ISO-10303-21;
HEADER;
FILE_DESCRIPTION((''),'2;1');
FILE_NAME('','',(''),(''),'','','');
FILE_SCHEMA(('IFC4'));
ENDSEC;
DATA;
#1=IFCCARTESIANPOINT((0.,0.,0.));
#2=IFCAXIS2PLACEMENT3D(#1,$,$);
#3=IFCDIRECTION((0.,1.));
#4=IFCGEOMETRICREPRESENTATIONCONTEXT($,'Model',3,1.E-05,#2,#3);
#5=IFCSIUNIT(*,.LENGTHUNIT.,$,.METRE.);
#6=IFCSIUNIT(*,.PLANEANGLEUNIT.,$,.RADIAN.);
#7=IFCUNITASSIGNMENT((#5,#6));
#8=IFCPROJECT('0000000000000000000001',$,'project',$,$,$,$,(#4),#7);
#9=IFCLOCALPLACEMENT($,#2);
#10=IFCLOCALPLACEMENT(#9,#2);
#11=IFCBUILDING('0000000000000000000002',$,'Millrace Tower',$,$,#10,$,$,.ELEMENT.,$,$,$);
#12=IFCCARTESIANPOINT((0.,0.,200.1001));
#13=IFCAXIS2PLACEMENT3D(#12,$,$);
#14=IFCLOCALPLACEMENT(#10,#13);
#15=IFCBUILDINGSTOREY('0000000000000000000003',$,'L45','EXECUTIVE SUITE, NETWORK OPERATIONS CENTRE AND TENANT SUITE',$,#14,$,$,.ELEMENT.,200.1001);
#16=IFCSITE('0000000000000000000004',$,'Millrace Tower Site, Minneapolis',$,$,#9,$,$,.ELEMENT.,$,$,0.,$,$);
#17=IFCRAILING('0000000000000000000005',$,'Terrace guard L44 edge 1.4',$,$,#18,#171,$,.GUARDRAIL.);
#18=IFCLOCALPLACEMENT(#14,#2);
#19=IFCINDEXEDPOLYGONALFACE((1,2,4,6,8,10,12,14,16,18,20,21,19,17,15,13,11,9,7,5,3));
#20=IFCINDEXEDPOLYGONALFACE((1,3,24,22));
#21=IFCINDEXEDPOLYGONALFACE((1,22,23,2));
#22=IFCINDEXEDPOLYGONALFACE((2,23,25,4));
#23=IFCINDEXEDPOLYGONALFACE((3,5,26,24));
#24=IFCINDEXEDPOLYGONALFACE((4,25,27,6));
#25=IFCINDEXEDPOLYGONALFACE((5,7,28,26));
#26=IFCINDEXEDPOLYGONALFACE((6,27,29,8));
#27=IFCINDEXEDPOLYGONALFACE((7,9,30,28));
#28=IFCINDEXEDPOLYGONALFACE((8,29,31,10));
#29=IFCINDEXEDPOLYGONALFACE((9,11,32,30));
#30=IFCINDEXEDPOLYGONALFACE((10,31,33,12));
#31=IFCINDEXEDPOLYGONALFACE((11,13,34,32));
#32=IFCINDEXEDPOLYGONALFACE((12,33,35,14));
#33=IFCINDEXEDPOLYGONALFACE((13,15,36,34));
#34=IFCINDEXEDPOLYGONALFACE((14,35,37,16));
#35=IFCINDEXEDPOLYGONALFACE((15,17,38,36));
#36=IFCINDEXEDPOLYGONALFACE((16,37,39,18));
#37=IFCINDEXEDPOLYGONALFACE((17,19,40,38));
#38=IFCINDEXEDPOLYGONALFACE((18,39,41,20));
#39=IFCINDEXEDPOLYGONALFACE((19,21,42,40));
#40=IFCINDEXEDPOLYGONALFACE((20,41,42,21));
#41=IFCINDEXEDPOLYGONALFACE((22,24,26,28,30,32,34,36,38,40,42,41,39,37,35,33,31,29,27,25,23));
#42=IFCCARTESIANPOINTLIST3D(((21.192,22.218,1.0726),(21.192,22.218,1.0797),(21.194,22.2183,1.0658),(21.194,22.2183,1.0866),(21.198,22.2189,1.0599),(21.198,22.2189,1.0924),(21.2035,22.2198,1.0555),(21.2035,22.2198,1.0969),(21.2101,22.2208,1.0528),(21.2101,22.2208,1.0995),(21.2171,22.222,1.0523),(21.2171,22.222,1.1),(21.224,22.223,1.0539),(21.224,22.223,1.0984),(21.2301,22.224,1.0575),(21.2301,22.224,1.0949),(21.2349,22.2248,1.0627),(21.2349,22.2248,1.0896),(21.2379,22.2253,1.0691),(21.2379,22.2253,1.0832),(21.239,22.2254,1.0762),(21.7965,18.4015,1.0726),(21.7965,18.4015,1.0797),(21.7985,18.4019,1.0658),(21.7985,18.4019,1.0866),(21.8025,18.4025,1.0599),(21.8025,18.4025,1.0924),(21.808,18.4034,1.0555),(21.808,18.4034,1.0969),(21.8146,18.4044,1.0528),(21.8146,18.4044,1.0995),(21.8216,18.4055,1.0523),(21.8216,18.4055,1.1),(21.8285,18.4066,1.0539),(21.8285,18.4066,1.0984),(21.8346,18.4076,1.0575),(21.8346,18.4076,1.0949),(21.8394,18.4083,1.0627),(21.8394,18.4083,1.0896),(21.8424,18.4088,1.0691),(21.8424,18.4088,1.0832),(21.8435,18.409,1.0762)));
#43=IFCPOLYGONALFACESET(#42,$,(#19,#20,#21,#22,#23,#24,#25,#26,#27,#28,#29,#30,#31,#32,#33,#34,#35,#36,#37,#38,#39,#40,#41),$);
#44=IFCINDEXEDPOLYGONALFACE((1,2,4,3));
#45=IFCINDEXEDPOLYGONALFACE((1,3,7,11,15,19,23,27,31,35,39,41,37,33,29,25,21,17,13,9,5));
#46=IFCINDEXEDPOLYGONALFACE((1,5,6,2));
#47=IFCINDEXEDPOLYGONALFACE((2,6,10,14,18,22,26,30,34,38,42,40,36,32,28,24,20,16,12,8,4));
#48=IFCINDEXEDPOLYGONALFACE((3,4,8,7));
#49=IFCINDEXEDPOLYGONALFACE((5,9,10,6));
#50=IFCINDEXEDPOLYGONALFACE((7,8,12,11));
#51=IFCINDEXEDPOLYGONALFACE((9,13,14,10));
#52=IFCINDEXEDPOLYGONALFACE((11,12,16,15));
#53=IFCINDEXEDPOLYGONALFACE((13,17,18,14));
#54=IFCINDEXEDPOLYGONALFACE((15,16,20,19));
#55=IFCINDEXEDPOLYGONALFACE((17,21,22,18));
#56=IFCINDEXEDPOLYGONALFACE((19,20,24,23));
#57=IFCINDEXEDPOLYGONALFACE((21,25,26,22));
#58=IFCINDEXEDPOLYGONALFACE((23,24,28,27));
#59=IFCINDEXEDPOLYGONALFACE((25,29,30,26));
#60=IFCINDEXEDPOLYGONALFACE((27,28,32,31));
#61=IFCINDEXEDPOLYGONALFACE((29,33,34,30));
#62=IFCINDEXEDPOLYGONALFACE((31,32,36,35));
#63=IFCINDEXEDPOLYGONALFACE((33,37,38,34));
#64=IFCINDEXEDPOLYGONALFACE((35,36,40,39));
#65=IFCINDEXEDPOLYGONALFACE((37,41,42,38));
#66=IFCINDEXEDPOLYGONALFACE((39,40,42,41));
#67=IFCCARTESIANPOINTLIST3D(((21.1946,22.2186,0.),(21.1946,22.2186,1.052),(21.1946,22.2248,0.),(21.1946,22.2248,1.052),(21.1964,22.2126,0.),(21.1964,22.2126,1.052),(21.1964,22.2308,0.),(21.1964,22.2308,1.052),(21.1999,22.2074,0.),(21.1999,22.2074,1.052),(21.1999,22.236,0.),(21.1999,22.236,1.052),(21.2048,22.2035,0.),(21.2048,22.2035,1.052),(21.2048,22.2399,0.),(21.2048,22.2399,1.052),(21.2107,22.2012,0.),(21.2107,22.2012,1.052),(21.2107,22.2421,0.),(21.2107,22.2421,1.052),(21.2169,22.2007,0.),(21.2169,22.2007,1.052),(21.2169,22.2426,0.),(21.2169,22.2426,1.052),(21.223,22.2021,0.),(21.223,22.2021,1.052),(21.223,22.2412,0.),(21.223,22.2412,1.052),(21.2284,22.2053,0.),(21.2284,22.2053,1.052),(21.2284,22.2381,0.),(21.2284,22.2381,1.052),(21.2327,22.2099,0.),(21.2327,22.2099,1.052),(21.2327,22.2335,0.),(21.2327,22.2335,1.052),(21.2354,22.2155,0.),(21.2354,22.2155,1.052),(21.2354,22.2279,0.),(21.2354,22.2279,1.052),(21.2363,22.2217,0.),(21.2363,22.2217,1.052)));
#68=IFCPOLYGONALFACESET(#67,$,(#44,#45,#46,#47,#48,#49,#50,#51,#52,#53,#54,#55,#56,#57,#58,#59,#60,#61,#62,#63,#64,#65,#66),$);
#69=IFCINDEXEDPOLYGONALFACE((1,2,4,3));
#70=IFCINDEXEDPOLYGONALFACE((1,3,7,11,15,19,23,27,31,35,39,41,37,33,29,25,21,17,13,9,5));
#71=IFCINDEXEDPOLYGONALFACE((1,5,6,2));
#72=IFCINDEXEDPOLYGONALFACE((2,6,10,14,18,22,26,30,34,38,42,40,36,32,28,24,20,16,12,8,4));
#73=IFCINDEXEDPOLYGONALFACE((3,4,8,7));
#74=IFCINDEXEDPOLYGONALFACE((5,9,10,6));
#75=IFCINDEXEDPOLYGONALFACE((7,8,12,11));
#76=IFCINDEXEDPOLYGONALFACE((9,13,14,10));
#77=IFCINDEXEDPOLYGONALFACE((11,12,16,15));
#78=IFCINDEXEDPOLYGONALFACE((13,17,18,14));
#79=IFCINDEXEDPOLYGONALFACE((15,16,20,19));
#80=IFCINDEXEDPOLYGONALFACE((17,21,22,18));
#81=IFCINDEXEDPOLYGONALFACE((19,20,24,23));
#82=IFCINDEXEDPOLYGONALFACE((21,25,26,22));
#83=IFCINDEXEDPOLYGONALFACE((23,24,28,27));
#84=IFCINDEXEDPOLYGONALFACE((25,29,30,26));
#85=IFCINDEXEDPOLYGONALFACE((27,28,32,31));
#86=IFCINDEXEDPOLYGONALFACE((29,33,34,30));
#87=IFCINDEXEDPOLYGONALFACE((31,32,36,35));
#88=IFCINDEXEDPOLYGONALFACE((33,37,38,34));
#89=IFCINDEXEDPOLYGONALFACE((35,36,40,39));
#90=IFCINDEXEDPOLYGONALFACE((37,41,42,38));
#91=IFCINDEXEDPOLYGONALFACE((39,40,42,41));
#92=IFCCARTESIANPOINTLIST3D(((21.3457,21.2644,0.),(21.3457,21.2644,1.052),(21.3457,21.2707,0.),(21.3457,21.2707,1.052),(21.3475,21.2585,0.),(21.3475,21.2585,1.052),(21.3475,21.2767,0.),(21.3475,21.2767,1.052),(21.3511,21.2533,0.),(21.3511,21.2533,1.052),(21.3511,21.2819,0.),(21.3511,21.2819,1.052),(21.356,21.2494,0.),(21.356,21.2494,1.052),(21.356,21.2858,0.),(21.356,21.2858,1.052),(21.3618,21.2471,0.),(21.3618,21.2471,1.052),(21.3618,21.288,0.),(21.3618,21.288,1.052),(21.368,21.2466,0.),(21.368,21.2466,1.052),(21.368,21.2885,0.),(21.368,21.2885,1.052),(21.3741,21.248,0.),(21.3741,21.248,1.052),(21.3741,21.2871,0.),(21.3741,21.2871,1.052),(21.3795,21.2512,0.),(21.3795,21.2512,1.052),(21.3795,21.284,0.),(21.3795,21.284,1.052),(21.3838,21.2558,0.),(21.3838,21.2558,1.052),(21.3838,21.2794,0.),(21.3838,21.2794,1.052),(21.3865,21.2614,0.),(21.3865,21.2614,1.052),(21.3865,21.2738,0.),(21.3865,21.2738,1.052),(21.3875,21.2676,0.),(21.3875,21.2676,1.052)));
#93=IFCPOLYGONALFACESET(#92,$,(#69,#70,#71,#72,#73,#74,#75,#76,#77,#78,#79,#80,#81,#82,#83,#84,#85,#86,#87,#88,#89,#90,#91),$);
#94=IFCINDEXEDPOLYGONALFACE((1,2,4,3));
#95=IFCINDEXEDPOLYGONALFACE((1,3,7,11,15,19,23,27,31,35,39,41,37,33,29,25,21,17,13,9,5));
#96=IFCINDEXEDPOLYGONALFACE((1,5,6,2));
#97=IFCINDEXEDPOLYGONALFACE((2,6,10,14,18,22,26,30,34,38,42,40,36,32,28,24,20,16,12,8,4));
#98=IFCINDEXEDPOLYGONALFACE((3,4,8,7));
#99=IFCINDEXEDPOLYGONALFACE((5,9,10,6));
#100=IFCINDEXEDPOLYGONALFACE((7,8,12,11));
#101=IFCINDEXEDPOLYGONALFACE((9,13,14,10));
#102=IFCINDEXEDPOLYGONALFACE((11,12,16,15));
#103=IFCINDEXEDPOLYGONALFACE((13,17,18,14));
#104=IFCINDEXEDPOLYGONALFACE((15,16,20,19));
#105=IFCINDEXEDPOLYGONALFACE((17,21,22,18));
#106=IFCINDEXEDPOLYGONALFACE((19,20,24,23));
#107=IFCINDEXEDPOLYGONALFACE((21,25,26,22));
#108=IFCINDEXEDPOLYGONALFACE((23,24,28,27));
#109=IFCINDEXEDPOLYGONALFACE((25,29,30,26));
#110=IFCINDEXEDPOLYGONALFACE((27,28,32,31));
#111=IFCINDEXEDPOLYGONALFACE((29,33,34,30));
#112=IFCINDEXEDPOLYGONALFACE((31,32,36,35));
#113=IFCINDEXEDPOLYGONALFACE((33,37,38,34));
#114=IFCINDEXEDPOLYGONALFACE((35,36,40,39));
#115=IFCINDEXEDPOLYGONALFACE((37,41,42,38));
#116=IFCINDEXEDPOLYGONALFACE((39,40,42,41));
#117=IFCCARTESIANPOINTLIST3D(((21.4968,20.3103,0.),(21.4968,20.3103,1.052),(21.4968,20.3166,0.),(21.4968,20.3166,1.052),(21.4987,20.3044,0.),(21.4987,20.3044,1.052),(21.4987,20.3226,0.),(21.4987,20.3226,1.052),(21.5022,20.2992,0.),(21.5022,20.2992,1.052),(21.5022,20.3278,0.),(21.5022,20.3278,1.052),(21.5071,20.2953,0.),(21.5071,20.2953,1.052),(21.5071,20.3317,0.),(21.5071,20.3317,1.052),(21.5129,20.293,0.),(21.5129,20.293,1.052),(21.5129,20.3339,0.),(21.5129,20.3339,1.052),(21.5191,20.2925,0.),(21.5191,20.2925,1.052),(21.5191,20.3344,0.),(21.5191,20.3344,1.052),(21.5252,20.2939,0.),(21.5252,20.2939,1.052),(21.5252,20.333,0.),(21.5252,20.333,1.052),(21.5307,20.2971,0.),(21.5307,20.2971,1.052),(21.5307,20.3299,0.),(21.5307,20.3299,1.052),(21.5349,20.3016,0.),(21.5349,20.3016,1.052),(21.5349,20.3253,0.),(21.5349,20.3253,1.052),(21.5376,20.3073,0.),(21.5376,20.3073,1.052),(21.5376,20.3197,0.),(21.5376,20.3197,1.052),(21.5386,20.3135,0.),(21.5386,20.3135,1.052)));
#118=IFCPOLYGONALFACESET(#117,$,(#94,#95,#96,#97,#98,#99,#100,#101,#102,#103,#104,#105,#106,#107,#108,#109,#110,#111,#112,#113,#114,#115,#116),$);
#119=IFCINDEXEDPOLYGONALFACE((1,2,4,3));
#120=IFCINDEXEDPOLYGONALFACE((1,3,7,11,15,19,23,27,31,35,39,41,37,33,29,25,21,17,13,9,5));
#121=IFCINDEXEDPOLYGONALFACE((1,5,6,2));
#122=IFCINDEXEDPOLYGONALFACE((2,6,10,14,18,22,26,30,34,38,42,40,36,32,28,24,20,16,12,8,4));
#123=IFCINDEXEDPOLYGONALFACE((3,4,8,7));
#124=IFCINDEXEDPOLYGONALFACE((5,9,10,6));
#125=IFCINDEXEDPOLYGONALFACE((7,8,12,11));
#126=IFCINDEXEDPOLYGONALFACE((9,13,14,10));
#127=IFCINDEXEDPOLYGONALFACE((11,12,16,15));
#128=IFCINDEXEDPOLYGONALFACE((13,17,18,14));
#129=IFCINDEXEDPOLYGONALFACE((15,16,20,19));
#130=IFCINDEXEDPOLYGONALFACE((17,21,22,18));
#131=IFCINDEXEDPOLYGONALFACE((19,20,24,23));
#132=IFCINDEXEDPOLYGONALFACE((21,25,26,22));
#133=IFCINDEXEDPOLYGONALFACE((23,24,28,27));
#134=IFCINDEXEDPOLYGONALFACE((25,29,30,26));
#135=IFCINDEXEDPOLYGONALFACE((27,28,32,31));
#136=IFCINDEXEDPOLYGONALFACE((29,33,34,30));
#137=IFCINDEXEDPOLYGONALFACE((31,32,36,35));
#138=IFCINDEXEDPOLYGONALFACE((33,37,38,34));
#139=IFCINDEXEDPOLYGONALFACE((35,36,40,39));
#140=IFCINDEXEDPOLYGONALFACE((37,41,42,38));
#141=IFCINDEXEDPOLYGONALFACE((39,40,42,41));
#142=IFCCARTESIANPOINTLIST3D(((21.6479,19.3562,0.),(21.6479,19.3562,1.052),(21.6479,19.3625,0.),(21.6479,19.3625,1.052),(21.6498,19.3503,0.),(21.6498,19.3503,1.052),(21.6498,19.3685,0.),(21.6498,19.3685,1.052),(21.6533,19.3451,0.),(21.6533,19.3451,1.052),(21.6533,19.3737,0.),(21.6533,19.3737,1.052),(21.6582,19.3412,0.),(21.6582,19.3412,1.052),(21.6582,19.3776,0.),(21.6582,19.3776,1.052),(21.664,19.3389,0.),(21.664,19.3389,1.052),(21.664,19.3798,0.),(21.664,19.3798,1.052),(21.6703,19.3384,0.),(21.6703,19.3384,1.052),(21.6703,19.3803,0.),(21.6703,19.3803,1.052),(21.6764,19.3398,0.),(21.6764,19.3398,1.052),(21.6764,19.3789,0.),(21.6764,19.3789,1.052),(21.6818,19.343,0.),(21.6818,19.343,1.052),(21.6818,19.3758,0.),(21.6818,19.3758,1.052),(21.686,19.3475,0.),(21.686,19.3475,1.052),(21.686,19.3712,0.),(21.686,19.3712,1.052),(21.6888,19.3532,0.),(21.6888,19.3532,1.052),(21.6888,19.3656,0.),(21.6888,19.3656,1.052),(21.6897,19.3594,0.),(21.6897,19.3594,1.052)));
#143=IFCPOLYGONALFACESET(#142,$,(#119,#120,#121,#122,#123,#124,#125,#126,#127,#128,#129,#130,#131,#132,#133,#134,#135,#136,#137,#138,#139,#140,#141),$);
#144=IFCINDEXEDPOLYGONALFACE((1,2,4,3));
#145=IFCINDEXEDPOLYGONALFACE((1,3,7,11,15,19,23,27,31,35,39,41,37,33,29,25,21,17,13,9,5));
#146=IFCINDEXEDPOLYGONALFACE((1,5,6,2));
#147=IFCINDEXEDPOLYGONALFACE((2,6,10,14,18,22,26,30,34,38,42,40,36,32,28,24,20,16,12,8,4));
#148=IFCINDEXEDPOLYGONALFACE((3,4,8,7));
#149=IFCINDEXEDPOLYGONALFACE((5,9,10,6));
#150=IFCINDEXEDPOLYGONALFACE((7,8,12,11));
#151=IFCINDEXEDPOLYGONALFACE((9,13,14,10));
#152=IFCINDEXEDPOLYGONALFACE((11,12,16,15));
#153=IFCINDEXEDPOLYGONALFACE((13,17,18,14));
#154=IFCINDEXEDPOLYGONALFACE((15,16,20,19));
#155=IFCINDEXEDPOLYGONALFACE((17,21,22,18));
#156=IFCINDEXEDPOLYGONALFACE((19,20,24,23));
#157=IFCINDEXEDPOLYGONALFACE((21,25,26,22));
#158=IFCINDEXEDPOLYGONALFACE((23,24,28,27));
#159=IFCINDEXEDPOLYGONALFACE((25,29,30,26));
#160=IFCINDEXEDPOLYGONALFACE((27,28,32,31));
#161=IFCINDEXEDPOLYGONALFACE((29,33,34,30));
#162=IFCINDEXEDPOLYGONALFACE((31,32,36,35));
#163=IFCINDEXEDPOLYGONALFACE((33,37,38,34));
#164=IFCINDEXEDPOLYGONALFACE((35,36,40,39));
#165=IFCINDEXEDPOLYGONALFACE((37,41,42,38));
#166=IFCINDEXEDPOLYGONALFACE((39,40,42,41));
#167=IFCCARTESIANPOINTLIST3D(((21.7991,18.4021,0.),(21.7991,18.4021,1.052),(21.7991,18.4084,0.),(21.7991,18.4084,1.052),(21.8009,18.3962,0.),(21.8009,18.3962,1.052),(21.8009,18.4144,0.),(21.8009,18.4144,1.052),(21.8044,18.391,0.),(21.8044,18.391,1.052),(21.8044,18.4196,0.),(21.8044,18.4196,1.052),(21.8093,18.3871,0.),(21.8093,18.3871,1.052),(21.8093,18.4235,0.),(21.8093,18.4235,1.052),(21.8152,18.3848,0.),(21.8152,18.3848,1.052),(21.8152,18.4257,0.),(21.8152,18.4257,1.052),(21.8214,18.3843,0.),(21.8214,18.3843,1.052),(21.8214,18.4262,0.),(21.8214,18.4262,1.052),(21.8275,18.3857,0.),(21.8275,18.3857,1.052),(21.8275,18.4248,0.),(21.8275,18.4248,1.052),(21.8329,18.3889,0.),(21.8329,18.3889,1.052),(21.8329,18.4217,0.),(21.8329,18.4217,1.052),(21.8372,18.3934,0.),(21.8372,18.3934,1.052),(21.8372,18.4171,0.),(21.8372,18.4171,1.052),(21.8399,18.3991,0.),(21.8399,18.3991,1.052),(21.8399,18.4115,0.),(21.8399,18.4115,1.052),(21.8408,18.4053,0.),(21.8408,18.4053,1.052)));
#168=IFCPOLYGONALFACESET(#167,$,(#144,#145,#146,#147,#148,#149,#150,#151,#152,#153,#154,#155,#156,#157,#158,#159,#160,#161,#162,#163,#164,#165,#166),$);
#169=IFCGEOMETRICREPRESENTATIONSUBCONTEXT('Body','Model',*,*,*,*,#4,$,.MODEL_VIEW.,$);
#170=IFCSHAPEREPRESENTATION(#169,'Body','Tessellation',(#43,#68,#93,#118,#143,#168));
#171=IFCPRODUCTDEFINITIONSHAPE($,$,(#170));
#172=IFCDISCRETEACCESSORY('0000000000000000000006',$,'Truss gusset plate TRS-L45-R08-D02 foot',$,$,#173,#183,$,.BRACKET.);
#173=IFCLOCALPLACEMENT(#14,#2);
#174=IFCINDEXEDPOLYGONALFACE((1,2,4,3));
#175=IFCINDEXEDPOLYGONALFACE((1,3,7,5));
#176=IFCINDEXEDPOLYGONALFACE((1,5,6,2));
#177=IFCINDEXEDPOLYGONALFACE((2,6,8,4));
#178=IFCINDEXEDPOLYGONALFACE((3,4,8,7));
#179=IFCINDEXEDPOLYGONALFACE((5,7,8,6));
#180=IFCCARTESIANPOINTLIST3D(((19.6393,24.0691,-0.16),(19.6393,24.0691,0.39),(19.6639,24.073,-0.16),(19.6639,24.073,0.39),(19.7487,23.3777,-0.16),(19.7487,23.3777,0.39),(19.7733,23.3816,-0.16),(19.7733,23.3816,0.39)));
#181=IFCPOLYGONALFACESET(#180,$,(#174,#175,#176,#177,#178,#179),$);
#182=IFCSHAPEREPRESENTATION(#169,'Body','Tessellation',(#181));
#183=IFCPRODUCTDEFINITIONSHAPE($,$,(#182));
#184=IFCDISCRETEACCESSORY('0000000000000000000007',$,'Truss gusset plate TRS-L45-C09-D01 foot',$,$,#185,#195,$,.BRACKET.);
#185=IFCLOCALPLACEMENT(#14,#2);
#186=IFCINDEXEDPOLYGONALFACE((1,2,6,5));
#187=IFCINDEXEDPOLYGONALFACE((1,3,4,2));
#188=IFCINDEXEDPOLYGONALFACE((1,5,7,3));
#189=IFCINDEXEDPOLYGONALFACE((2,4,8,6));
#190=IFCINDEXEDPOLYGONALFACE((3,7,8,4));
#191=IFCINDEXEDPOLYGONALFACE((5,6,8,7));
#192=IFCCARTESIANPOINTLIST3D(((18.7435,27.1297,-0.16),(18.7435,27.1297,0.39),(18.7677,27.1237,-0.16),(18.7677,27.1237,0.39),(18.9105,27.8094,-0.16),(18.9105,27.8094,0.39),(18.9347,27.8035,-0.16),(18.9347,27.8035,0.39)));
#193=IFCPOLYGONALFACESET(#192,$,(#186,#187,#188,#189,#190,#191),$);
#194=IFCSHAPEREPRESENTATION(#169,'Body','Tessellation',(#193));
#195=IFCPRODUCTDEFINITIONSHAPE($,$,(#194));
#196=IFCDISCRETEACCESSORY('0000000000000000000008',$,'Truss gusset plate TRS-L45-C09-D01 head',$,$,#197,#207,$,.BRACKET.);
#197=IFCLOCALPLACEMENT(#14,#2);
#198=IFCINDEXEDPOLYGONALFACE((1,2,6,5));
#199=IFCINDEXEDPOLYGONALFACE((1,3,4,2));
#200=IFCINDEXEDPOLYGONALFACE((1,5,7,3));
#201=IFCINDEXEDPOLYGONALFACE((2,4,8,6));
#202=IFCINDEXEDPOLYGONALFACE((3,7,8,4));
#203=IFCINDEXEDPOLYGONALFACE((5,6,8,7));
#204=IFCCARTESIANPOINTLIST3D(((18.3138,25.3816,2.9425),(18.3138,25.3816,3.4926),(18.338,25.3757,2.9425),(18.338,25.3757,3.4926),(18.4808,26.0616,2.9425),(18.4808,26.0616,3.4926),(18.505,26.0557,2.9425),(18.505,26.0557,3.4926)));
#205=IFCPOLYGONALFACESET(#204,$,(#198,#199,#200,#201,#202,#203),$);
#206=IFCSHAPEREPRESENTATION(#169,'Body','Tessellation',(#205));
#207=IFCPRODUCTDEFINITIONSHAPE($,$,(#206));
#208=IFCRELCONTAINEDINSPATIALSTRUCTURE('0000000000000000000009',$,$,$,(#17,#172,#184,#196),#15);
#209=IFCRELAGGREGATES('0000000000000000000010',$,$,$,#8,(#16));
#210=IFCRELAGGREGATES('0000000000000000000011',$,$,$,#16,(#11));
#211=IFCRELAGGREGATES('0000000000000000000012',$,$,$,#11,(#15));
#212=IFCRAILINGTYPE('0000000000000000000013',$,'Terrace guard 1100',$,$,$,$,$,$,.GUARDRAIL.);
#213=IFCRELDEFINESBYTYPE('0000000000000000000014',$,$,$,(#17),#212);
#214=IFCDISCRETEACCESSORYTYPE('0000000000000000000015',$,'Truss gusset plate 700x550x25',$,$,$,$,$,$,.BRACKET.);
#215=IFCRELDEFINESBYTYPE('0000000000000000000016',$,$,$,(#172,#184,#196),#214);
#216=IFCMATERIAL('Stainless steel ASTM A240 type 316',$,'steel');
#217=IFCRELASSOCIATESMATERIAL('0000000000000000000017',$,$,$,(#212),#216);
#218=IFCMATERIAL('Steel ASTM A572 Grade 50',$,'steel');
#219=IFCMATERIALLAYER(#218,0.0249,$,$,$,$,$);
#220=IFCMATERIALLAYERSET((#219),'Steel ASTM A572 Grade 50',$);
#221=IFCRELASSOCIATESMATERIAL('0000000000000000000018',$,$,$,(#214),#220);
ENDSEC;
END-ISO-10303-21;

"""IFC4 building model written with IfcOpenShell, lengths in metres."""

from ifc_helpers import new_model, si_unit, direction, frame, origin, origin_2d, place, context, subcontext, project, spatial, rectangle, circle, extrude, material, layer, layer_set, type_object, element, save


model = new_model("IFC4")

# Units and contexts
model_context = context("Model", 3, precision=1e-05, world=origin(), true_north=direction((0.0, 1.0)))
body_context = subcontext(model_context, "Body", "Model", "MODEL_VIEW")
ifc_project = project(units=[si_unit("LENGTHUNIT", "METRE"), si_unit("PLANEANGLEUNIT", "RADIAN")], contexts=[model_context])

# Site, building, storey
site_placement = place(None, origin())
site = spatial("IfcSite", under=ifc_project, at=site_placement, Name="Millrace Tower Site, Minneapolis", CompositionType="ELEMENT", RefElevation=0.0)
building_placement = place(site_placement, origin())
building = spatial("IfcBuilding", under=site, at=building_placement, Name="Millrace Tower", CompositionType="ELEMENT")
storey_placement = place(building_placement, frame((0.0, 0.0, 200.1001)))
storey = spatial("IfcBuildingStorey", under=building, at=storey_placement, Name="L45", Description="EXECUTIVE SUITE, NETWORK OPERATIONS CENTRE AND TENANT SUITE", CompositionType="ELEMENT", Elevation=200.1001)

# Railing
ifc_material_1 = material(Name="Stainless steel ASTM A240 type 316", Category="steel")
railing_type = type_object("IfcRailingType", Name="Terrace guard 1100", PredefinedType="GUARDRAIL", material=ifc_material_1)
railing_1_placement = place(storey_placement, frame((21.2153, 22.2217, 0.0)))
element("IfcRailing", 1, at=railing_1_placement, inside=storey, type_object=railing_type, Name="Terrace guard L44 edge 1.4", PredefinedType="GUARDRAIL", context=body_context, shape_type="SweptSolid", body=[
    extrude(circle(Radius=0.0239, at=origin_2d()), frame((0.0, 0.0, 1.0762), z_axis=(0.156443, -0.987687, 0.0), x_axis=(0.987687, 0.156443, 0.0)), (0.0, 0.0, 1.0), 3.864),
    extrude(circle(Radius=0.021, at=origin_2d()), origin(), (0.0, 0.0, 1.0), 1.052),
    extrude(circle(Radius=0.021, at=origin_2d()), frame((0.1511, -0.9541, 0.0)), (0.0, 0.0, 1.0), 1.052),
    extrude(circle(Radius=0.021, at=origin_2d()), frame((0.3022, -1.9082, 0.0)), (0.0, 0.0, 1.0), 1.052),
    extrude(circle(Radius=0.021, at=origin_2d()), frame((0.4534, -2.8623, 0.0)), (0.0, 0.0, 1.0), 1.052),
    extrude(circle(Radius=0.021, at=origin_2d()), frame((0.6045, -3.8164, 0.0)), (0.0, 0.0, 1.0), 1.052),
])

# Discrete accessories
ifc_material_2 = material(Name="Steel ASTM A572 Grade 50", Category="steel")
ifc_layer_1 = layer(ifc_material_2, 0.0249)
ifc_layer_set_1 = layer_set([ifc_layer_1], Name="Steel ASTM A572 Grade 50")
discrete_accessory_type = type_object("IfcDiscreteAccessoryType", Name="Truss gusset plate 700x550x25", PredefinedType="BRACKET", material=ifc_layer_set_1)
for number, where, z_axis, x_axis, name in (
    (2, (19.6516, 24.071, 0.115), (0.156249, -0.987718, 0.0), (0.987718, 0.156249, 0.0), "Truss gusset plate TRS-L45-R08-D02 foot"),
    (3, (18.7556, 27.1267, 0.115), (0.238594, 0.971119, 0.0), (-0.971119, 0.238594, 0.0), "Truss gusset plate TRS-L45-C09-D01 foot"),
):
    element("IfcDiscreteAccessory", number, at=place(storey_placement, frame(where, z_axis=z_axis, x_axis=x_axis)), inside=storey, type_object=discrete_accessory_type, Name=name, PredefinedType="BRACKET", context=body_context, shape_type="SweptSolid", body=[
        extrude(rectangle(XDim=0.0249, YDim=0.55, at=origin_2d()), origin(), (0.0, 0.0, 1.0), 0.7),
    ])
discrete_accessory_placement = place(storey_placement, frame((18.3259, 25.3787, 3.2175), z_axis=(0.238513, 0.971139, 0.0), x_axis=(-0.971139, 0.238513, 0.0)))
element("IfcDiscreteAccessory", 4, at=discrete_accessory_placement, inside=storey, type_object=discrete_accessory_type, Name="Truss gusset plate TRS-L45-C09-D01 head", PredefinedType="BRACKET", context=body_context, shape_type="SweptSolid", body=[
    extrude(rectangle(XDim=0.0249, YDim=0.55, at=origin_2d()), origin(), (0.0, 0.0, 1.0), 0.7002),
])

save(model, "model.ifc")
